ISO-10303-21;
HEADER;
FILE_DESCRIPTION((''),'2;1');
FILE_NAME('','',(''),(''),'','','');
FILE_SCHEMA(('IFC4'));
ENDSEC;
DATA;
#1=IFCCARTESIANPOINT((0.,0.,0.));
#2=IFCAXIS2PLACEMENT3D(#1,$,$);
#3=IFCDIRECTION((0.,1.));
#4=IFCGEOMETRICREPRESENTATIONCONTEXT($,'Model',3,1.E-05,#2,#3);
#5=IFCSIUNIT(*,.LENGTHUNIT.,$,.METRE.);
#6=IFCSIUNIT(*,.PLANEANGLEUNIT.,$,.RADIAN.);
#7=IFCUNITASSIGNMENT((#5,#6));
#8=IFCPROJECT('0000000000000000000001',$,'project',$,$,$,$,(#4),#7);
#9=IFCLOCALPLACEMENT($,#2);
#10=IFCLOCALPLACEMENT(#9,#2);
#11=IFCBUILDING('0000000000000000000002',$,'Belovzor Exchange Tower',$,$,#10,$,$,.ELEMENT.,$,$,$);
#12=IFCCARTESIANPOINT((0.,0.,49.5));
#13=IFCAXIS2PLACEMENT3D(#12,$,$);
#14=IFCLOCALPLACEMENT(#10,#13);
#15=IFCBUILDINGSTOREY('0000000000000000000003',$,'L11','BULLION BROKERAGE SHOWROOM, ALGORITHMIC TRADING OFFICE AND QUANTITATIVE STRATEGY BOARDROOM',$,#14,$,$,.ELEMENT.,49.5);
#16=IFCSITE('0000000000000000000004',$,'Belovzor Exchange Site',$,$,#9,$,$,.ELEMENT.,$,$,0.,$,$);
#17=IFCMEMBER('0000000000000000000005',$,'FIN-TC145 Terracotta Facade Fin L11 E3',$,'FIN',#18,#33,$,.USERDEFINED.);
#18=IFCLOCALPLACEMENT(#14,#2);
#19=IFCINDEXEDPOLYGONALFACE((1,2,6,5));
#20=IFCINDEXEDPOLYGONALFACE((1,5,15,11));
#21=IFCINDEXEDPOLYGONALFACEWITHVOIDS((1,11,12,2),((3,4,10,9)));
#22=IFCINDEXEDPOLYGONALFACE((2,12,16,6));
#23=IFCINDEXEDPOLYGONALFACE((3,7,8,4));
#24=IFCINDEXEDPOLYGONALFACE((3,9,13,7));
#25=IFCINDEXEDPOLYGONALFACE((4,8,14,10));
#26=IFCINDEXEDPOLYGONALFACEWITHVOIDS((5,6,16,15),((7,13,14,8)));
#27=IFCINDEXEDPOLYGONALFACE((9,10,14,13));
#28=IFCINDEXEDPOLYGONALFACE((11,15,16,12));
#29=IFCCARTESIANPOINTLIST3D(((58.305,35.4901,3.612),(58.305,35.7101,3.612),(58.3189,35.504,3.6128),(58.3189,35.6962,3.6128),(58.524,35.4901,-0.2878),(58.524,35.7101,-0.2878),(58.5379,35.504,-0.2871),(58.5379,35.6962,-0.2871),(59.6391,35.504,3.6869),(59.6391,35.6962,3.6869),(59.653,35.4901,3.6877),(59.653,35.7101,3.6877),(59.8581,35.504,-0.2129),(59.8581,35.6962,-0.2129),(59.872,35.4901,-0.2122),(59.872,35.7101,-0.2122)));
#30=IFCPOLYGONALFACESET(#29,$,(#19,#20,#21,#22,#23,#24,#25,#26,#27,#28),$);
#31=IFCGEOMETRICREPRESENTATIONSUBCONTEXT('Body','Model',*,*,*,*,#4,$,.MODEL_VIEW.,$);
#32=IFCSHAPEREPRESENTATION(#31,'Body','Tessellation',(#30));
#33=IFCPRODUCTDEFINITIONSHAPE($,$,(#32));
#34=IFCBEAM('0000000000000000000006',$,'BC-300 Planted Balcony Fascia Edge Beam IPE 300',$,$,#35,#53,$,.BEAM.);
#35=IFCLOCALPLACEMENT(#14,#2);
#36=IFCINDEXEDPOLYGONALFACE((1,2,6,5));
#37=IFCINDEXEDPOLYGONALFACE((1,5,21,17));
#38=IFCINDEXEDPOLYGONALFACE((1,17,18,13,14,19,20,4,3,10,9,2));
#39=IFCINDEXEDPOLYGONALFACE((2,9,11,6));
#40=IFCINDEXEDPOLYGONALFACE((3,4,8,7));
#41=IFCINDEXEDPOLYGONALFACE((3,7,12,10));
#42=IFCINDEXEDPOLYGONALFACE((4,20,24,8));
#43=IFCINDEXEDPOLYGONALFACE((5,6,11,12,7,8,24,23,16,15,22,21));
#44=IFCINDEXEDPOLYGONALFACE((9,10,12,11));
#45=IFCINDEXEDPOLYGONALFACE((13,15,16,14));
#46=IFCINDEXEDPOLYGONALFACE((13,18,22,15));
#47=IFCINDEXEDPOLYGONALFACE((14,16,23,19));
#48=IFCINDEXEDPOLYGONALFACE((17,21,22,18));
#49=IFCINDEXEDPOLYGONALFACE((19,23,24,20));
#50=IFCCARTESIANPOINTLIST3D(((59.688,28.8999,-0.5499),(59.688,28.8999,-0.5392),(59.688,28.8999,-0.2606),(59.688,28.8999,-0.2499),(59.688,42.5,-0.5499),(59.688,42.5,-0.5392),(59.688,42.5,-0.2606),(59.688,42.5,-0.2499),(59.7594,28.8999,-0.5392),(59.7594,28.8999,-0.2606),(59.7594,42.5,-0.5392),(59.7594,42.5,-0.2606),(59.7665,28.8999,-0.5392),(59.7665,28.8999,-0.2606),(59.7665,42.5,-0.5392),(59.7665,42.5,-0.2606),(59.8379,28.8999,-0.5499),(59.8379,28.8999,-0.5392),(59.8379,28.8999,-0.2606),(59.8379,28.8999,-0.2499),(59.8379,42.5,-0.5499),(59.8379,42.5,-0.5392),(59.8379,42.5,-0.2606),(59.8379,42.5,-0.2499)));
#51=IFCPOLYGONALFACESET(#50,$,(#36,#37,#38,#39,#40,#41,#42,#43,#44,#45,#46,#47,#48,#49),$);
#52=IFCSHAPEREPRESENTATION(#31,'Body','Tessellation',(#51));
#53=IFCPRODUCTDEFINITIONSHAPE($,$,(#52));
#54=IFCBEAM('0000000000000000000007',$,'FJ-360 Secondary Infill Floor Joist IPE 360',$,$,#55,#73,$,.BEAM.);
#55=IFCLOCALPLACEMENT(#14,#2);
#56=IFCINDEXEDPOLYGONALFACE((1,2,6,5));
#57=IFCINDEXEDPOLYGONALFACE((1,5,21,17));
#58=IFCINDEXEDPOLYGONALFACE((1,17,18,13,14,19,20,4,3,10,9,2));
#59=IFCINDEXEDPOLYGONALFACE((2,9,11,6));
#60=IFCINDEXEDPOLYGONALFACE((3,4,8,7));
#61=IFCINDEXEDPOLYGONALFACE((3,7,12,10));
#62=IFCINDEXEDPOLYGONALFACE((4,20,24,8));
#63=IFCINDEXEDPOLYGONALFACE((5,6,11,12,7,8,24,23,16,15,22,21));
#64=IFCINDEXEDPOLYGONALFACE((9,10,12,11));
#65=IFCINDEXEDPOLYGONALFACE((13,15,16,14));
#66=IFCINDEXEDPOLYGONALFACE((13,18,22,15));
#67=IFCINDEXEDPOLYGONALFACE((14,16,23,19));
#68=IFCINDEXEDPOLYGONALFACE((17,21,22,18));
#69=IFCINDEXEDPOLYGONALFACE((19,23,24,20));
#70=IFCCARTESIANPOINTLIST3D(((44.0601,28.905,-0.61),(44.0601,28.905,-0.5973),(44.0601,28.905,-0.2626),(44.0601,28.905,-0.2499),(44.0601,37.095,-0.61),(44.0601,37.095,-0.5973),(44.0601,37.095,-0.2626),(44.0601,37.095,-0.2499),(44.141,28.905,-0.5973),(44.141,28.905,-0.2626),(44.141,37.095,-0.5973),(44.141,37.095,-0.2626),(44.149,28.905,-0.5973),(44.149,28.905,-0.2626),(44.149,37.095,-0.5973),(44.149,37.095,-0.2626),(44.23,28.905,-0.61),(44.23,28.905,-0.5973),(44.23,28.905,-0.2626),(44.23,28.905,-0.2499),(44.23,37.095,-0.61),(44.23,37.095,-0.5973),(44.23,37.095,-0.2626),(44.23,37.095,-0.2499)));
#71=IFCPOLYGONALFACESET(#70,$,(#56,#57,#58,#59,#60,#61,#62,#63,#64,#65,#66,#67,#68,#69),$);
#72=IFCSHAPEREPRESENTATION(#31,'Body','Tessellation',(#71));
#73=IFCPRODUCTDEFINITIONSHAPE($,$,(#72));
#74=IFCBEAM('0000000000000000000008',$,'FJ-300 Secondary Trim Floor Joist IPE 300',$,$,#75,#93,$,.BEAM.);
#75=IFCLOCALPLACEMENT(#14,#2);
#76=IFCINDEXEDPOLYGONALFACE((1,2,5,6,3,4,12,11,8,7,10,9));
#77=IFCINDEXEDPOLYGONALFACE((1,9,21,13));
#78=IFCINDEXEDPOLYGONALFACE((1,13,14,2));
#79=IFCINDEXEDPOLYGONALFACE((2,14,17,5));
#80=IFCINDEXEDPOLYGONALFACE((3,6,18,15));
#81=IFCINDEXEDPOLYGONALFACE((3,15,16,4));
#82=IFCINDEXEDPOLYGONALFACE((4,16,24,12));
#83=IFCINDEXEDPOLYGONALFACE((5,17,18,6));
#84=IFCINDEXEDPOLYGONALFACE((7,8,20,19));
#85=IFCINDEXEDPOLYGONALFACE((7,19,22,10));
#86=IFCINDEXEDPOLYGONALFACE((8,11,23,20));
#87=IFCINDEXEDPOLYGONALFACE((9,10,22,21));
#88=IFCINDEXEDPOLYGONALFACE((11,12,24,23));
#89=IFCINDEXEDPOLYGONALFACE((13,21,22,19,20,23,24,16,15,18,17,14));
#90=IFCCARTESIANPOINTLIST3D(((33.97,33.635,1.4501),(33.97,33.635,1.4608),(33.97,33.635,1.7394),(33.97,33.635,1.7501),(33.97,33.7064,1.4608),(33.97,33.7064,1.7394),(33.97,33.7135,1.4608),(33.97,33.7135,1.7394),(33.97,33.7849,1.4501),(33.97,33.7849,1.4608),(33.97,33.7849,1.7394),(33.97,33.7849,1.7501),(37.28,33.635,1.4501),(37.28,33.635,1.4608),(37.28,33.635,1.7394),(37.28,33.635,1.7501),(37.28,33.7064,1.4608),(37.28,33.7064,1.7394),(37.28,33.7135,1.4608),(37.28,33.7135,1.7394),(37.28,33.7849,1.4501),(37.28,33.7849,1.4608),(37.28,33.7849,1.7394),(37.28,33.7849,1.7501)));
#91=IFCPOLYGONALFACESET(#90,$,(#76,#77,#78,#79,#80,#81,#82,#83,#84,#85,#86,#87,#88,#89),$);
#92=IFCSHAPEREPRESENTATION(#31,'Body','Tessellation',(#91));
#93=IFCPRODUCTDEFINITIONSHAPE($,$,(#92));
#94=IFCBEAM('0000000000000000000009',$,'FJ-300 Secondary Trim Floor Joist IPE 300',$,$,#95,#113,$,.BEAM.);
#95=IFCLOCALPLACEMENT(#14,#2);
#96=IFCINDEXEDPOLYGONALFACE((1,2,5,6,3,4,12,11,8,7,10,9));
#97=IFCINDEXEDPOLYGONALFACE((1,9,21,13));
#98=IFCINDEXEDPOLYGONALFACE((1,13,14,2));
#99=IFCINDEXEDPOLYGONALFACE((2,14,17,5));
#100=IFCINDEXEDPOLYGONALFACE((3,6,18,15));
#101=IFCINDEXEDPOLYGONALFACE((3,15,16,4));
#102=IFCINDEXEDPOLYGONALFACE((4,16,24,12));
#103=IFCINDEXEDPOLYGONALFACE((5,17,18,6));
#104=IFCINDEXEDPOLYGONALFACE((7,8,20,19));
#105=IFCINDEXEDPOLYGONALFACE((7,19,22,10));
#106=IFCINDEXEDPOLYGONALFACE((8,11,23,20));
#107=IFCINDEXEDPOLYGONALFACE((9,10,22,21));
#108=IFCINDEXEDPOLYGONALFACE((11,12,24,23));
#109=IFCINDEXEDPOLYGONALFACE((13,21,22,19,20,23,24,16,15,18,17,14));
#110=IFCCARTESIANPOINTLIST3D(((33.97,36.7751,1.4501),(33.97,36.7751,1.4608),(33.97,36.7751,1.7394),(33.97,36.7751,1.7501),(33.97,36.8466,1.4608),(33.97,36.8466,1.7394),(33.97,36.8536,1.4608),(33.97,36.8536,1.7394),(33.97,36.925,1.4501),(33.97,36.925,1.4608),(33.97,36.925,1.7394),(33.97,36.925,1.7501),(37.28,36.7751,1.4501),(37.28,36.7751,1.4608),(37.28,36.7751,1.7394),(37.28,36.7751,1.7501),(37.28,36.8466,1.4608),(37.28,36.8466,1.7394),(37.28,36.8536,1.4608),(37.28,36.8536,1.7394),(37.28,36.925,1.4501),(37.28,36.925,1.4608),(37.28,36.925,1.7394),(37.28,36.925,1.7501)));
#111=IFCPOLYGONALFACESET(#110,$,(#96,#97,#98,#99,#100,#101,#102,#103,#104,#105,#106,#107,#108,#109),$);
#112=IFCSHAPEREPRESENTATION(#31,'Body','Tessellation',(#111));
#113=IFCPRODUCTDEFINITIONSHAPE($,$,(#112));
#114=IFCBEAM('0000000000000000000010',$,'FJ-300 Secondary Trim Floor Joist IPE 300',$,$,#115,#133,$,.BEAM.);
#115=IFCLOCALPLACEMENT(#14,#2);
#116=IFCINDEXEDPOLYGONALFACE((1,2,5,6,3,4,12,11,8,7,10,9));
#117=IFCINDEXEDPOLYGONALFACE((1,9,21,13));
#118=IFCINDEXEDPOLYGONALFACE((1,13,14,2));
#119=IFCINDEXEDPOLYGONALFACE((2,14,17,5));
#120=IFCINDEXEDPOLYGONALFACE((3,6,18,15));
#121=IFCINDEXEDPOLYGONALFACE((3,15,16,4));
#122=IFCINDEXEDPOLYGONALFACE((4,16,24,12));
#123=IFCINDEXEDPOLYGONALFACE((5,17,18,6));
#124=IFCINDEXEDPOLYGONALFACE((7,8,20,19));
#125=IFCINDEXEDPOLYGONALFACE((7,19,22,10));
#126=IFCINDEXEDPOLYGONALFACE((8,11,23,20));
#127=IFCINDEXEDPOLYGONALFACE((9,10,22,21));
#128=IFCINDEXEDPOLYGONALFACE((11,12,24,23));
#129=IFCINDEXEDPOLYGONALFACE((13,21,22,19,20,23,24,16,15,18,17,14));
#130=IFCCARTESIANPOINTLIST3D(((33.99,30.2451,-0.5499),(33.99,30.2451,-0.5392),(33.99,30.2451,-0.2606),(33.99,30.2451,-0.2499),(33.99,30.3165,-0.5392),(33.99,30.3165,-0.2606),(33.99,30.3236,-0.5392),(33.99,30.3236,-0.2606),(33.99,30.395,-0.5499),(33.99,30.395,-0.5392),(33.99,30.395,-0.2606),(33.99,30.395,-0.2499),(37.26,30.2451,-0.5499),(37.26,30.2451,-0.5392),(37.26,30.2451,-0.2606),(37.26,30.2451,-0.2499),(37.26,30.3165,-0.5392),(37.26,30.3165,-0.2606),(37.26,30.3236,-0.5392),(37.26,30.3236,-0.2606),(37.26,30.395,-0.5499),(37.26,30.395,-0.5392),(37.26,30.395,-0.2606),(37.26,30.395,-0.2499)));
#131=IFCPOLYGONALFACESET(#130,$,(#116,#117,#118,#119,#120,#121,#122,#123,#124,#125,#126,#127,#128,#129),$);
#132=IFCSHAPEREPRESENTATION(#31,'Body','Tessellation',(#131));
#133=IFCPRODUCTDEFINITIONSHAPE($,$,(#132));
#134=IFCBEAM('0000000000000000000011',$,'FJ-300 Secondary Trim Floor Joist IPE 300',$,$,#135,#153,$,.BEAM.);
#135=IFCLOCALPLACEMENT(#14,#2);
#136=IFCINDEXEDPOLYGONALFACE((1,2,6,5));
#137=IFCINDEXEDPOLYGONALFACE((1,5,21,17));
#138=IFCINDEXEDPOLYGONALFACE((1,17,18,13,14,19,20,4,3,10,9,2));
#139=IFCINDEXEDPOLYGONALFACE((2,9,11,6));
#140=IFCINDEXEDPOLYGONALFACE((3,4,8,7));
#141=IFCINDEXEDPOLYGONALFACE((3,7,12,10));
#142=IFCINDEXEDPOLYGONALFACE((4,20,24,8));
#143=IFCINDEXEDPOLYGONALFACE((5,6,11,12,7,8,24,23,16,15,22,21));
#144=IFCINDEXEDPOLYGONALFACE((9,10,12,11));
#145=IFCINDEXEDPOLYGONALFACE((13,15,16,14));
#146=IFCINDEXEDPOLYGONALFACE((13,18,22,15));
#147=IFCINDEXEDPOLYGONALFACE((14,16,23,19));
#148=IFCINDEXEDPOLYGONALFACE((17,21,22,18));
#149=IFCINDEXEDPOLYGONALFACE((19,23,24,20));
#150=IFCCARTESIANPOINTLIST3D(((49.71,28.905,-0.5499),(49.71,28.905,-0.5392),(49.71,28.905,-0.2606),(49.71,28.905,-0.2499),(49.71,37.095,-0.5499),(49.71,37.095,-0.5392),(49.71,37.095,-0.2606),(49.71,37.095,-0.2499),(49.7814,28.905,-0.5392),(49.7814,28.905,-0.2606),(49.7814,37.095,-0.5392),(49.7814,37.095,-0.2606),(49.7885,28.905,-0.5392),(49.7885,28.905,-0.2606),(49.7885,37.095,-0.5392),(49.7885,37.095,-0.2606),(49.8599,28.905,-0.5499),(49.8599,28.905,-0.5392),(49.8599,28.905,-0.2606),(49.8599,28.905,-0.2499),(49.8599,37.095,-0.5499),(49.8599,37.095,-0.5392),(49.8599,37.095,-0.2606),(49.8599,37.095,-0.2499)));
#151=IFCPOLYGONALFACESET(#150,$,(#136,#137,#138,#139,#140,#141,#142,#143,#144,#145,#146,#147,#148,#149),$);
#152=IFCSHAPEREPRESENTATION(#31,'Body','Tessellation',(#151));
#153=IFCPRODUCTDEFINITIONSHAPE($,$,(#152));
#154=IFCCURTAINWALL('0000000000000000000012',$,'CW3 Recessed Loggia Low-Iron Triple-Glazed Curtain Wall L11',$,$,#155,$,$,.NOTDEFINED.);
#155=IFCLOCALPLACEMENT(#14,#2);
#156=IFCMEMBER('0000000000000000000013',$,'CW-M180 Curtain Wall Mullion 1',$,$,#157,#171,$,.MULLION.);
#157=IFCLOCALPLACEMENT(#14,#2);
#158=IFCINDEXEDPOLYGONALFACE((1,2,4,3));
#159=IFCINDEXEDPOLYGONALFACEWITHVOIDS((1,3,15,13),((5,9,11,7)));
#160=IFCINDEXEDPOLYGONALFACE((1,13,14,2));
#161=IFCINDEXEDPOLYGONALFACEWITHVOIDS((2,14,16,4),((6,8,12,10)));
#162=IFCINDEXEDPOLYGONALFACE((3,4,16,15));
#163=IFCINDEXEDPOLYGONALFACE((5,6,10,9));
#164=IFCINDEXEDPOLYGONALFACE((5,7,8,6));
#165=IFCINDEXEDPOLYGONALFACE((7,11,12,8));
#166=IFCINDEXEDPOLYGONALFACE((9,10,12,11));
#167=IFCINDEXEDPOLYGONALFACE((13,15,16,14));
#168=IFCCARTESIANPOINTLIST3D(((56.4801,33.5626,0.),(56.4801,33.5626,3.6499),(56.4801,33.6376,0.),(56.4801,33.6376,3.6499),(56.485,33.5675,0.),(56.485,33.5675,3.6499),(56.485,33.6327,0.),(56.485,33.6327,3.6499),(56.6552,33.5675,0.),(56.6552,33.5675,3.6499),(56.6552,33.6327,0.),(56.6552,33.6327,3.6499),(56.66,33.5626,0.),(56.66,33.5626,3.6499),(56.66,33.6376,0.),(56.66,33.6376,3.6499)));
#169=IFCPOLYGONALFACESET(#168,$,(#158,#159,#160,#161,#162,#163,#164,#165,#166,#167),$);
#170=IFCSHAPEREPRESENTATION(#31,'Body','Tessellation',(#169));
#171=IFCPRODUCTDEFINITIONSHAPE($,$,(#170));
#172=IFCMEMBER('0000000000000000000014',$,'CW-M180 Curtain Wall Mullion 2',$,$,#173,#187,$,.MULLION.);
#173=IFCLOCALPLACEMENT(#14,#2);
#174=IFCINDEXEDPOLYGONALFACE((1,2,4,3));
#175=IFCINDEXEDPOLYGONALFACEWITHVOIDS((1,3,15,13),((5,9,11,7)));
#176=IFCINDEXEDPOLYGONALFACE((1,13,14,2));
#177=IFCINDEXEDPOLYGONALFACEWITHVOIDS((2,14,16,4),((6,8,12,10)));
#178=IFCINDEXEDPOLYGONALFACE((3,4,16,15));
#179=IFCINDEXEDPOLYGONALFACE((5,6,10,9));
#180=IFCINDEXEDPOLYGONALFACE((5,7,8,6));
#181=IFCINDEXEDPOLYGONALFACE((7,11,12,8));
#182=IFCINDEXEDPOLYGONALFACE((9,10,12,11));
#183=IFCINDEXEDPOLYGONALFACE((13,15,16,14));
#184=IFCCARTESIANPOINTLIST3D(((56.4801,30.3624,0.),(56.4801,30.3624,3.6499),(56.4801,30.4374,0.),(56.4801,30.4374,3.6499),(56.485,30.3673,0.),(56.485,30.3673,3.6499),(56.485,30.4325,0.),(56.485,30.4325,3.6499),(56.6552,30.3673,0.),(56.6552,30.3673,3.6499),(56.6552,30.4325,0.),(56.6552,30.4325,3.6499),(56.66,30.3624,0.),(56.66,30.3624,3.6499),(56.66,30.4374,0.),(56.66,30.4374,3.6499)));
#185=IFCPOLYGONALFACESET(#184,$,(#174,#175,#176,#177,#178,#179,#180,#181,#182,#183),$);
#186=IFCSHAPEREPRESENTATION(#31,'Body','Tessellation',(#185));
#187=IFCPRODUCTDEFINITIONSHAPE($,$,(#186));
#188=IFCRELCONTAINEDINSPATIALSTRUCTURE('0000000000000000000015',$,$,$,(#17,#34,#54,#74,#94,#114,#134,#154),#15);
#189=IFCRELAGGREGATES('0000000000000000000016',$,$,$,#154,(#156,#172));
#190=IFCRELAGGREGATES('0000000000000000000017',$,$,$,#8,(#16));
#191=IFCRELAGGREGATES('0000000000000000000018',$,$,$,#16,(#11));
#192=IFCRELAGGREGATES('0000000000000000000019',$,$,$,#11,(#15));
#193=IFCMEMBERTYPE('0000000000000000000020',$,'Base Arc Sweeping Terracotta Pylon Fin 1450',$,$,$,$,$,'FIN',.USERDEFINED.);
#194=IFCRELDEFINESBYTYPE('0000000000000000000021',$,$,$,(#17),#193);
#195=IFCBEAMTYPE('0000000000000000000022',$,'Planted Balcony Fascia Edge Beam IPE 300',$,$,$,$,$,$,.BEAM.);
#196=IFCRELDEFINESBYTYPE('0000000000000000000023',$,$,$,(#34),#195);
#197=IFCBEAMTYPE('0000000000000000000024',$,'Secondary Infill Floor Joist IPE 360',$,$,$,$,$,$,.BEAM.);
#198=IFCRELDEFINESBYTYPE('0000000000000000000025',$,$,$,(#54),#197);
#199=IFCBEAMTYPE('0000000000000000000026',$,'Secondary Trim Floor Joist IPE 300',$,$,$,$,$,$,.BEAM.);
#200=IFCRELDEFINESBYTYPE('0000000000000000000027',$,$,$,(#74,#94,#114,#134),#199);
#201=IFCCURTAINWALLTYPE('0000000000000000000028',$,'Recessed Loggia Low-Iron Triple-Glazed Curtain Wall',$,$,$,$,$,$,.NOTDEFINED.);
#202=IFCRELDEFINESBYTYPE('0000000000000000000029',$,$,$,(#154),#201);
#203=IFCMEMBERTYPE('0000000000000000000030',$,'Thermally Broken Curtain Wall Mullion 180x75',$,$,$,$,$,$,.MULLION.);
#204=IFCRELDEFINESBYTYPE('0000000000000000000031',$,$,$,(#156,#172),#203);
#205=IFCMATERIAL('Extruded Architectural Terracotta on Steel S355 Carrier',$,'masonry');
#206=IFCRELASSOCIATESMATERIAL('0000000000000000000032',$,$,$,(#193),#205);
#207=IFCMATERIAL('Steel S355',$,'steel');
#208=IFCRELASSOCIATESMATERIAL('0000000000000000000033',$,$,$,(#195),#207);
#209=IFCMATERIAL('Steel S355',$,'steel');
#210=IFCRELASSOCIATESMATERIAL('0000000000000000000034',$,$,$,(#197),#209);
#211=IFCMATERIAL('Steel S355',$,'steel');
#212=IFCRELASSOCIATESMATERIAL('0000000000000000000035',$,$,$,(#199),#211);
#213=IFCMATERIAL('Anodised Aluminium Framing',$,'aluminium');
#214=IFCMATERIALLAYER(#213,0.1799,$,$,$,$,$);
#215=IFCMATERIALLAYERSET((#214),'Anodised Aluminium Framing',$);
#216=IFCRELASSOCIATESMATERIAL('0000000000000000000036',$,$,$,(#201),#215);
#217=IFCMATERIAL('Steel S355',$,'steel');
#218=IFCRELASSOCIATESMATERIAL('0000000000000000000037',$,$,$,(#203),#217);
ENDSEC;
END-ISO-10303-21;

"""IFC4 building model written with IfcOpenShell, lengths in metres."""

from ifc_helpers import new_model, si_unit, direction, frame, origin, origin_2d, place, context, subcontext, project, spatial, hollow_rectangle, i_section, extrude, material, layer, layer_set, material_profile, profile_set, type_object, element, aggregate, save


model = new_model("IFC4")

# Units and contexts
model_context = context("Model", 3, precision=1e-05, world=origin(), true_north=direction((0.0, 1.0)))
body_context = subcontext(model_context, "Body", "Model", "MODEL_VIEW")
ifc_project = project(units=[si_unit("LENGTHUNIT", "METRE"), si_unit("PLANEANGLEUNIT", "RADIAN")], contexts=[model_context])

# Site, building, storey
site_placement = place(None, origin())
site = spatial("IfcSite", under=ifc_project, at=site_placement, Name="Belovzor Exchange Site", CompositionType="ELEMENT", RefElevation=0.0)
building_placement = place(site_placement, origin())
building = spatial("IfcBuilding", under=site, at=building_placement, Name="Belovzor Exchange Tower", CompositionType="ELEMENT")
storey_placement = place(building_placement, frame((0.0, 0.0, 49.5)))
storey = spatial("IfcBuildingStorey", under=building, at=storey_placement, Name="L11", Description="BULLION BROKERAGE SHOWROOM, ALGORITHMIC TRADING OFFICE AND QUANTITATIVE STRATEGY BOARDROOM", CompositionType="ELEMENT", Elevation=49.5)

# Member
ifc_material_1 = material(Name="Extruded Architectural Terracotta on Steel S355 Carrier", Category="masonry")
ifc_material_profile_1 = material_profile(ifc_material_1, hollow_rectangle(XDim=0.22, YDim=1.3501, WallThickness=0.0139, at=origin_2d()))
ifc_profile_set_1 = profile_set([ifc_material_profile_1], Name="Extruded Architectural Terracotta on Steel S355 Carrier")
member_type_1 = type_object("IfcMemberType", Name="Base Arc Sweeping Terracotta Pylon Fin 1450", ElementType="FIN", PredefinedType="USERDEFINED", material=ifc_profile_set_1)
member_1_placement = place(storey_placement, frame((59.198, 35.6001, -0.25), z_axis=(-0.056065, 0.0, 0.998427), x_axis=(0.0, -1.0, 0.0)))
element("IfcMember", 1, at=member_1_placement, inside=storey, type_object=member_type_1, Name="FIN-TC145 Terracotta Facade Fin L11 E3", ObjectType="FIN", PredefinedType="USERDEFINED", context=body_context, shape_type="SweptSolid", body=[
    extrude(hollow_rectangle(XDim=0.22, YDim=1.3501, WallThickness=0.0139, at=origin_2d()), origin(), (0.0, 0.0, 1.0), 3.906),
])

# Beams
ifc_material_2 = material(Name="Steel S355", Category="steel")
ifc_material_profile_2 = material_profile(ifc_material_2, i_section(OverallWidth=0.1499, OverallDepth=0.3, WebThickness=0.0071, FlangeThickness=0.0107, at=origin_2d()))
ifc_profile_set_2 = profile_set([ifc_material_profile_2], Name="Steel S355")
beam_type_1 = type_object("IfcBeamType", Name="Planted Balcony Fascia Edge Beam IPE 300", PredefinedType="BEAM", material=ifc_profile_set_2)
beam_1_placement = place(storey_placement, frame((59.7629, 28.8999, -0.3999), z_axis=(0.0, 1.0, 0.0), x_axis=(-1.0, 0.0, 0.0)))
element("IfcBeam", 2, at=beam_1_placement, inside=storey, type_object=beam_type_1, Name="BC-300 Planted Balcony Fascia Edge Beam IPE 300", PredefinedType="BEAM", context=body_context, shape_type="SweptSolid", body=[
    extrude(i_section(OverallWidth=0.1499, OverallDepth=0.3, WebThickness=0.0071, FlangeThickness=0.0107, at=origin_2d()), origin(), (0.0, 0.0, 1.0), 13.6001),
])
ifc_material_3 = material(Name="Steel S355", Category="steel")
ifc_material_profile_3 = material_profile(ifc_material_3, i_section(OverallWidth=0.1699, OverallDepth=0.3601, WebThickness=0.0081, FlangeThickness=0.0127, at=origin_2d()))
ifc_profile_set_3 = profile_set([ifc_material_profile_3], Name="Steel S355")
beam_type_2 = type_object("IfcBeamType", Name="Secondary Infill Floor Joist IPE 360", PredefinedType="BEAM", material=ifc_profile_set_3)
beam_2_placement = place(storey_placement, frame((44.145, 28.905, -0.4299), z_axis=(0.0, 1.0, 0.0), x_axis=(-1.0, 0.0, 0.0)))
element("IfcBeam", 3, at=beam_2_placement, inside=storey, type_object=beam_type_2, Name="FJ-360 Secondary Infill Floor Joist IPE 360", PredefinedType="BEAM", context=body_context, shape_type="SweptSolid", body=[
    extrude(i_section(OverallWidth=0.1699, OverallDepth=0.3601, WebThickness=0.0081, FlangeThickness=0.0127, at=origin_2d()), origin(), (0.0, 0.0, 1.0), 8.1899),
])
ifc_material_4 = material(Name="Steel S355", Category="steel")
ifc_material_profile_4 = material_profile(ifc_material_4, i_section(OverallWidth=0.1499, OverallDepth=0.3, WebThickness=0.0071, FlangeThickness=0.0107, at=origin_2d()))
ifc_profile_set_4 = profile_set([ifc_material_profile_4], Name="Steel S355")
beam_type_3 = type_object("IfcBeamType", Name="Secondary Trim Floor Joist IPE 300", PredefinedType="BEAM", material=ifc_profile_set_4)
for number, where, z_axis, x_axis, name in (
    (4, (37.28, 33.71, 1.6001), (-1.0, 0.0, 0.0), (0.0, -1.0, 0.0), "FJ-300 Secondary Trim Floor Joist IPE 300"),
    (5, (37.28, 36.8501, 1.6001), (-1.0, 0.0, 0.0), (0.0, -1.0, 0.0), "FJ-300 Secondary Trim Floor Joist IPE 300"),
):
    element("IfcBeam", number, at=place(storey_placement, frame(where, z_axis=z_axis, x_axis=x_axis)), inside=storey, type_object=beam_type_3, Name=name, PredefinedType="BEAM", context=body_context, shape_type="SweptSolid", body=[
        extrude(i_section(OverallWidth=0.1499, OverallDepth=0.3, WebThickness=0.0071, FlangeThickness=0.0107, at=origin_2d()), origin(), (0.0, 0.0, 1.0), 3.3101),
    ])
beam_3_placement = place(storey_placement, frame((37.26, 30.3201, -0.3999), z_axis=(-1.0, 0.0, 0.0), x_axis=(0.0, -1.0, 0.0)))
element("IfcBeam", 6, at=beam_3_placement, inside=storey, type_object=beam_type_3, Name="FJ-300 Secondary Trim Floor Joist IPE 300", PredefinedType="BEAM", context=body_context, shape_type="SweptSolid", body=[
    extrude(i_section(OverallWidth=0.1499, OverallDepth=0.3, WebThickness=0.0071, FlangeThickness=0.0107, at=origin_2d()), origin(), (0.0, 0.0, 1.0), 3.27),
])
beam_4_placement = place(storey_placement, frame((49.7849, 28.905, -0.3999), z_axis=(0.0, 1.0, 0.0), x_axis=(-1.0, 0.0, 0.0)))
element("IfcBeam", 7, at=beam_4_placement, inside=storey, type_object=beam_type_3, Name="FJ-300 Secondary Trim Floor Joist IPE 300", PredefinedType="BEAM", context=body_context, shape_type="SweptSolid", body=[
    extrude(i_section(OverallWidth=0.1499, OverallDepth=0.3, WebThickness=0.0071, FlangeThickness=0.0107, at=origin_2d()), origin(), (0.0, 0.0, 1.0), 8.1899),
])

# Curtain wall, members
ifc_material_5 = material(Name="Anodised Aluminium Framing", Category="aluminium")
ifc_layer_1 = layer(ifc_material_5, 0.1799)
ifc_layer_set_1 = layer_set([ifc_layer_1], Name="Anodised Aluminium Framing")
curtain_wall_type = type_object("IfcCurtainWallType", Name="Recessed Loggia Low-Iron Triple-Glazed Curtain Wall", PredefinedType="NOTDEFINED", material=ifc_layer_set_1)
curtain_wall_placement = place(storey_placement, origin())
curtain_wall = element("IfcCurtainWall", 8, at=curtain_wall_placement, inside=storey, type_object=curtain_wall_type, Name="CW3 Recessed Loggia Low-Iron Triple-Glazed Curtain Wall L11", PredefinedType="NOTDEFINED")
ifc_material_6 = material(Name="Steel S355", Category="steel")
ifc_material_profile_5 = material_profile(ifc_material_6, hollow_rectangle(XDim=0.075, YDim=0.1799, WallThickness=0.0049, at=origin_2d()))
ifc_profile_set_5 = profile_set([ifc_material_profile_5], Name="Steel S355")
member_type_2 = type_object("IfcMemberType", Name="Thermally Broken Curtain Wall Mullion 180x75", PredefinedType="MULLION", material=ifc_profile_set_5)
member_2_placement = place(storey_placement, frame((56.5701, 33.6001, 0.0), z_axis=(0.0, 0.0, 1.0), x_axis=(0.0, -1.0, 0.0)))
member_2 = element("IfcMember", 9, at=member_2_placement, type_object=member_type_2, Name="CW-M180 Curtain Wall Mullion 1", PredefinedType="MULLION", context=body_context, shape_type="SweptSolid", body=[
    extrude(hollow_rectangle(XDim=0.075, YDim=0.1799, WallThickness=0.0049, at=origin_2d()), origin(), (0.0, 0.0, 1.0), 3.6499),
])
member_3_placement = place(storey_placement, frame((56.5701, 30.3999, 0.0), z_axis=(0.0, 0.0, 1.0), x_axis=(0.0, -1.0, 0.0)))
member_3 = element("IfcMember", 10, at=member_3_placement, type_object=member_type_2, Name="CW-M180 Curtain Wall Mullion 2", PredefinedType="MULLION", context=body_context, shape_type="SweptSolid", body=[
    extrude(hollow_rectangle(XDim=0.075, YDim=0.1799, WallThickness=0.0049, at=origin_2d()), origin(), (0.0, 0.0, 1.0), 3.6499),
])

aggregate(curtain_wall, [member_2, member_3])

save(model, "model.ifc")
